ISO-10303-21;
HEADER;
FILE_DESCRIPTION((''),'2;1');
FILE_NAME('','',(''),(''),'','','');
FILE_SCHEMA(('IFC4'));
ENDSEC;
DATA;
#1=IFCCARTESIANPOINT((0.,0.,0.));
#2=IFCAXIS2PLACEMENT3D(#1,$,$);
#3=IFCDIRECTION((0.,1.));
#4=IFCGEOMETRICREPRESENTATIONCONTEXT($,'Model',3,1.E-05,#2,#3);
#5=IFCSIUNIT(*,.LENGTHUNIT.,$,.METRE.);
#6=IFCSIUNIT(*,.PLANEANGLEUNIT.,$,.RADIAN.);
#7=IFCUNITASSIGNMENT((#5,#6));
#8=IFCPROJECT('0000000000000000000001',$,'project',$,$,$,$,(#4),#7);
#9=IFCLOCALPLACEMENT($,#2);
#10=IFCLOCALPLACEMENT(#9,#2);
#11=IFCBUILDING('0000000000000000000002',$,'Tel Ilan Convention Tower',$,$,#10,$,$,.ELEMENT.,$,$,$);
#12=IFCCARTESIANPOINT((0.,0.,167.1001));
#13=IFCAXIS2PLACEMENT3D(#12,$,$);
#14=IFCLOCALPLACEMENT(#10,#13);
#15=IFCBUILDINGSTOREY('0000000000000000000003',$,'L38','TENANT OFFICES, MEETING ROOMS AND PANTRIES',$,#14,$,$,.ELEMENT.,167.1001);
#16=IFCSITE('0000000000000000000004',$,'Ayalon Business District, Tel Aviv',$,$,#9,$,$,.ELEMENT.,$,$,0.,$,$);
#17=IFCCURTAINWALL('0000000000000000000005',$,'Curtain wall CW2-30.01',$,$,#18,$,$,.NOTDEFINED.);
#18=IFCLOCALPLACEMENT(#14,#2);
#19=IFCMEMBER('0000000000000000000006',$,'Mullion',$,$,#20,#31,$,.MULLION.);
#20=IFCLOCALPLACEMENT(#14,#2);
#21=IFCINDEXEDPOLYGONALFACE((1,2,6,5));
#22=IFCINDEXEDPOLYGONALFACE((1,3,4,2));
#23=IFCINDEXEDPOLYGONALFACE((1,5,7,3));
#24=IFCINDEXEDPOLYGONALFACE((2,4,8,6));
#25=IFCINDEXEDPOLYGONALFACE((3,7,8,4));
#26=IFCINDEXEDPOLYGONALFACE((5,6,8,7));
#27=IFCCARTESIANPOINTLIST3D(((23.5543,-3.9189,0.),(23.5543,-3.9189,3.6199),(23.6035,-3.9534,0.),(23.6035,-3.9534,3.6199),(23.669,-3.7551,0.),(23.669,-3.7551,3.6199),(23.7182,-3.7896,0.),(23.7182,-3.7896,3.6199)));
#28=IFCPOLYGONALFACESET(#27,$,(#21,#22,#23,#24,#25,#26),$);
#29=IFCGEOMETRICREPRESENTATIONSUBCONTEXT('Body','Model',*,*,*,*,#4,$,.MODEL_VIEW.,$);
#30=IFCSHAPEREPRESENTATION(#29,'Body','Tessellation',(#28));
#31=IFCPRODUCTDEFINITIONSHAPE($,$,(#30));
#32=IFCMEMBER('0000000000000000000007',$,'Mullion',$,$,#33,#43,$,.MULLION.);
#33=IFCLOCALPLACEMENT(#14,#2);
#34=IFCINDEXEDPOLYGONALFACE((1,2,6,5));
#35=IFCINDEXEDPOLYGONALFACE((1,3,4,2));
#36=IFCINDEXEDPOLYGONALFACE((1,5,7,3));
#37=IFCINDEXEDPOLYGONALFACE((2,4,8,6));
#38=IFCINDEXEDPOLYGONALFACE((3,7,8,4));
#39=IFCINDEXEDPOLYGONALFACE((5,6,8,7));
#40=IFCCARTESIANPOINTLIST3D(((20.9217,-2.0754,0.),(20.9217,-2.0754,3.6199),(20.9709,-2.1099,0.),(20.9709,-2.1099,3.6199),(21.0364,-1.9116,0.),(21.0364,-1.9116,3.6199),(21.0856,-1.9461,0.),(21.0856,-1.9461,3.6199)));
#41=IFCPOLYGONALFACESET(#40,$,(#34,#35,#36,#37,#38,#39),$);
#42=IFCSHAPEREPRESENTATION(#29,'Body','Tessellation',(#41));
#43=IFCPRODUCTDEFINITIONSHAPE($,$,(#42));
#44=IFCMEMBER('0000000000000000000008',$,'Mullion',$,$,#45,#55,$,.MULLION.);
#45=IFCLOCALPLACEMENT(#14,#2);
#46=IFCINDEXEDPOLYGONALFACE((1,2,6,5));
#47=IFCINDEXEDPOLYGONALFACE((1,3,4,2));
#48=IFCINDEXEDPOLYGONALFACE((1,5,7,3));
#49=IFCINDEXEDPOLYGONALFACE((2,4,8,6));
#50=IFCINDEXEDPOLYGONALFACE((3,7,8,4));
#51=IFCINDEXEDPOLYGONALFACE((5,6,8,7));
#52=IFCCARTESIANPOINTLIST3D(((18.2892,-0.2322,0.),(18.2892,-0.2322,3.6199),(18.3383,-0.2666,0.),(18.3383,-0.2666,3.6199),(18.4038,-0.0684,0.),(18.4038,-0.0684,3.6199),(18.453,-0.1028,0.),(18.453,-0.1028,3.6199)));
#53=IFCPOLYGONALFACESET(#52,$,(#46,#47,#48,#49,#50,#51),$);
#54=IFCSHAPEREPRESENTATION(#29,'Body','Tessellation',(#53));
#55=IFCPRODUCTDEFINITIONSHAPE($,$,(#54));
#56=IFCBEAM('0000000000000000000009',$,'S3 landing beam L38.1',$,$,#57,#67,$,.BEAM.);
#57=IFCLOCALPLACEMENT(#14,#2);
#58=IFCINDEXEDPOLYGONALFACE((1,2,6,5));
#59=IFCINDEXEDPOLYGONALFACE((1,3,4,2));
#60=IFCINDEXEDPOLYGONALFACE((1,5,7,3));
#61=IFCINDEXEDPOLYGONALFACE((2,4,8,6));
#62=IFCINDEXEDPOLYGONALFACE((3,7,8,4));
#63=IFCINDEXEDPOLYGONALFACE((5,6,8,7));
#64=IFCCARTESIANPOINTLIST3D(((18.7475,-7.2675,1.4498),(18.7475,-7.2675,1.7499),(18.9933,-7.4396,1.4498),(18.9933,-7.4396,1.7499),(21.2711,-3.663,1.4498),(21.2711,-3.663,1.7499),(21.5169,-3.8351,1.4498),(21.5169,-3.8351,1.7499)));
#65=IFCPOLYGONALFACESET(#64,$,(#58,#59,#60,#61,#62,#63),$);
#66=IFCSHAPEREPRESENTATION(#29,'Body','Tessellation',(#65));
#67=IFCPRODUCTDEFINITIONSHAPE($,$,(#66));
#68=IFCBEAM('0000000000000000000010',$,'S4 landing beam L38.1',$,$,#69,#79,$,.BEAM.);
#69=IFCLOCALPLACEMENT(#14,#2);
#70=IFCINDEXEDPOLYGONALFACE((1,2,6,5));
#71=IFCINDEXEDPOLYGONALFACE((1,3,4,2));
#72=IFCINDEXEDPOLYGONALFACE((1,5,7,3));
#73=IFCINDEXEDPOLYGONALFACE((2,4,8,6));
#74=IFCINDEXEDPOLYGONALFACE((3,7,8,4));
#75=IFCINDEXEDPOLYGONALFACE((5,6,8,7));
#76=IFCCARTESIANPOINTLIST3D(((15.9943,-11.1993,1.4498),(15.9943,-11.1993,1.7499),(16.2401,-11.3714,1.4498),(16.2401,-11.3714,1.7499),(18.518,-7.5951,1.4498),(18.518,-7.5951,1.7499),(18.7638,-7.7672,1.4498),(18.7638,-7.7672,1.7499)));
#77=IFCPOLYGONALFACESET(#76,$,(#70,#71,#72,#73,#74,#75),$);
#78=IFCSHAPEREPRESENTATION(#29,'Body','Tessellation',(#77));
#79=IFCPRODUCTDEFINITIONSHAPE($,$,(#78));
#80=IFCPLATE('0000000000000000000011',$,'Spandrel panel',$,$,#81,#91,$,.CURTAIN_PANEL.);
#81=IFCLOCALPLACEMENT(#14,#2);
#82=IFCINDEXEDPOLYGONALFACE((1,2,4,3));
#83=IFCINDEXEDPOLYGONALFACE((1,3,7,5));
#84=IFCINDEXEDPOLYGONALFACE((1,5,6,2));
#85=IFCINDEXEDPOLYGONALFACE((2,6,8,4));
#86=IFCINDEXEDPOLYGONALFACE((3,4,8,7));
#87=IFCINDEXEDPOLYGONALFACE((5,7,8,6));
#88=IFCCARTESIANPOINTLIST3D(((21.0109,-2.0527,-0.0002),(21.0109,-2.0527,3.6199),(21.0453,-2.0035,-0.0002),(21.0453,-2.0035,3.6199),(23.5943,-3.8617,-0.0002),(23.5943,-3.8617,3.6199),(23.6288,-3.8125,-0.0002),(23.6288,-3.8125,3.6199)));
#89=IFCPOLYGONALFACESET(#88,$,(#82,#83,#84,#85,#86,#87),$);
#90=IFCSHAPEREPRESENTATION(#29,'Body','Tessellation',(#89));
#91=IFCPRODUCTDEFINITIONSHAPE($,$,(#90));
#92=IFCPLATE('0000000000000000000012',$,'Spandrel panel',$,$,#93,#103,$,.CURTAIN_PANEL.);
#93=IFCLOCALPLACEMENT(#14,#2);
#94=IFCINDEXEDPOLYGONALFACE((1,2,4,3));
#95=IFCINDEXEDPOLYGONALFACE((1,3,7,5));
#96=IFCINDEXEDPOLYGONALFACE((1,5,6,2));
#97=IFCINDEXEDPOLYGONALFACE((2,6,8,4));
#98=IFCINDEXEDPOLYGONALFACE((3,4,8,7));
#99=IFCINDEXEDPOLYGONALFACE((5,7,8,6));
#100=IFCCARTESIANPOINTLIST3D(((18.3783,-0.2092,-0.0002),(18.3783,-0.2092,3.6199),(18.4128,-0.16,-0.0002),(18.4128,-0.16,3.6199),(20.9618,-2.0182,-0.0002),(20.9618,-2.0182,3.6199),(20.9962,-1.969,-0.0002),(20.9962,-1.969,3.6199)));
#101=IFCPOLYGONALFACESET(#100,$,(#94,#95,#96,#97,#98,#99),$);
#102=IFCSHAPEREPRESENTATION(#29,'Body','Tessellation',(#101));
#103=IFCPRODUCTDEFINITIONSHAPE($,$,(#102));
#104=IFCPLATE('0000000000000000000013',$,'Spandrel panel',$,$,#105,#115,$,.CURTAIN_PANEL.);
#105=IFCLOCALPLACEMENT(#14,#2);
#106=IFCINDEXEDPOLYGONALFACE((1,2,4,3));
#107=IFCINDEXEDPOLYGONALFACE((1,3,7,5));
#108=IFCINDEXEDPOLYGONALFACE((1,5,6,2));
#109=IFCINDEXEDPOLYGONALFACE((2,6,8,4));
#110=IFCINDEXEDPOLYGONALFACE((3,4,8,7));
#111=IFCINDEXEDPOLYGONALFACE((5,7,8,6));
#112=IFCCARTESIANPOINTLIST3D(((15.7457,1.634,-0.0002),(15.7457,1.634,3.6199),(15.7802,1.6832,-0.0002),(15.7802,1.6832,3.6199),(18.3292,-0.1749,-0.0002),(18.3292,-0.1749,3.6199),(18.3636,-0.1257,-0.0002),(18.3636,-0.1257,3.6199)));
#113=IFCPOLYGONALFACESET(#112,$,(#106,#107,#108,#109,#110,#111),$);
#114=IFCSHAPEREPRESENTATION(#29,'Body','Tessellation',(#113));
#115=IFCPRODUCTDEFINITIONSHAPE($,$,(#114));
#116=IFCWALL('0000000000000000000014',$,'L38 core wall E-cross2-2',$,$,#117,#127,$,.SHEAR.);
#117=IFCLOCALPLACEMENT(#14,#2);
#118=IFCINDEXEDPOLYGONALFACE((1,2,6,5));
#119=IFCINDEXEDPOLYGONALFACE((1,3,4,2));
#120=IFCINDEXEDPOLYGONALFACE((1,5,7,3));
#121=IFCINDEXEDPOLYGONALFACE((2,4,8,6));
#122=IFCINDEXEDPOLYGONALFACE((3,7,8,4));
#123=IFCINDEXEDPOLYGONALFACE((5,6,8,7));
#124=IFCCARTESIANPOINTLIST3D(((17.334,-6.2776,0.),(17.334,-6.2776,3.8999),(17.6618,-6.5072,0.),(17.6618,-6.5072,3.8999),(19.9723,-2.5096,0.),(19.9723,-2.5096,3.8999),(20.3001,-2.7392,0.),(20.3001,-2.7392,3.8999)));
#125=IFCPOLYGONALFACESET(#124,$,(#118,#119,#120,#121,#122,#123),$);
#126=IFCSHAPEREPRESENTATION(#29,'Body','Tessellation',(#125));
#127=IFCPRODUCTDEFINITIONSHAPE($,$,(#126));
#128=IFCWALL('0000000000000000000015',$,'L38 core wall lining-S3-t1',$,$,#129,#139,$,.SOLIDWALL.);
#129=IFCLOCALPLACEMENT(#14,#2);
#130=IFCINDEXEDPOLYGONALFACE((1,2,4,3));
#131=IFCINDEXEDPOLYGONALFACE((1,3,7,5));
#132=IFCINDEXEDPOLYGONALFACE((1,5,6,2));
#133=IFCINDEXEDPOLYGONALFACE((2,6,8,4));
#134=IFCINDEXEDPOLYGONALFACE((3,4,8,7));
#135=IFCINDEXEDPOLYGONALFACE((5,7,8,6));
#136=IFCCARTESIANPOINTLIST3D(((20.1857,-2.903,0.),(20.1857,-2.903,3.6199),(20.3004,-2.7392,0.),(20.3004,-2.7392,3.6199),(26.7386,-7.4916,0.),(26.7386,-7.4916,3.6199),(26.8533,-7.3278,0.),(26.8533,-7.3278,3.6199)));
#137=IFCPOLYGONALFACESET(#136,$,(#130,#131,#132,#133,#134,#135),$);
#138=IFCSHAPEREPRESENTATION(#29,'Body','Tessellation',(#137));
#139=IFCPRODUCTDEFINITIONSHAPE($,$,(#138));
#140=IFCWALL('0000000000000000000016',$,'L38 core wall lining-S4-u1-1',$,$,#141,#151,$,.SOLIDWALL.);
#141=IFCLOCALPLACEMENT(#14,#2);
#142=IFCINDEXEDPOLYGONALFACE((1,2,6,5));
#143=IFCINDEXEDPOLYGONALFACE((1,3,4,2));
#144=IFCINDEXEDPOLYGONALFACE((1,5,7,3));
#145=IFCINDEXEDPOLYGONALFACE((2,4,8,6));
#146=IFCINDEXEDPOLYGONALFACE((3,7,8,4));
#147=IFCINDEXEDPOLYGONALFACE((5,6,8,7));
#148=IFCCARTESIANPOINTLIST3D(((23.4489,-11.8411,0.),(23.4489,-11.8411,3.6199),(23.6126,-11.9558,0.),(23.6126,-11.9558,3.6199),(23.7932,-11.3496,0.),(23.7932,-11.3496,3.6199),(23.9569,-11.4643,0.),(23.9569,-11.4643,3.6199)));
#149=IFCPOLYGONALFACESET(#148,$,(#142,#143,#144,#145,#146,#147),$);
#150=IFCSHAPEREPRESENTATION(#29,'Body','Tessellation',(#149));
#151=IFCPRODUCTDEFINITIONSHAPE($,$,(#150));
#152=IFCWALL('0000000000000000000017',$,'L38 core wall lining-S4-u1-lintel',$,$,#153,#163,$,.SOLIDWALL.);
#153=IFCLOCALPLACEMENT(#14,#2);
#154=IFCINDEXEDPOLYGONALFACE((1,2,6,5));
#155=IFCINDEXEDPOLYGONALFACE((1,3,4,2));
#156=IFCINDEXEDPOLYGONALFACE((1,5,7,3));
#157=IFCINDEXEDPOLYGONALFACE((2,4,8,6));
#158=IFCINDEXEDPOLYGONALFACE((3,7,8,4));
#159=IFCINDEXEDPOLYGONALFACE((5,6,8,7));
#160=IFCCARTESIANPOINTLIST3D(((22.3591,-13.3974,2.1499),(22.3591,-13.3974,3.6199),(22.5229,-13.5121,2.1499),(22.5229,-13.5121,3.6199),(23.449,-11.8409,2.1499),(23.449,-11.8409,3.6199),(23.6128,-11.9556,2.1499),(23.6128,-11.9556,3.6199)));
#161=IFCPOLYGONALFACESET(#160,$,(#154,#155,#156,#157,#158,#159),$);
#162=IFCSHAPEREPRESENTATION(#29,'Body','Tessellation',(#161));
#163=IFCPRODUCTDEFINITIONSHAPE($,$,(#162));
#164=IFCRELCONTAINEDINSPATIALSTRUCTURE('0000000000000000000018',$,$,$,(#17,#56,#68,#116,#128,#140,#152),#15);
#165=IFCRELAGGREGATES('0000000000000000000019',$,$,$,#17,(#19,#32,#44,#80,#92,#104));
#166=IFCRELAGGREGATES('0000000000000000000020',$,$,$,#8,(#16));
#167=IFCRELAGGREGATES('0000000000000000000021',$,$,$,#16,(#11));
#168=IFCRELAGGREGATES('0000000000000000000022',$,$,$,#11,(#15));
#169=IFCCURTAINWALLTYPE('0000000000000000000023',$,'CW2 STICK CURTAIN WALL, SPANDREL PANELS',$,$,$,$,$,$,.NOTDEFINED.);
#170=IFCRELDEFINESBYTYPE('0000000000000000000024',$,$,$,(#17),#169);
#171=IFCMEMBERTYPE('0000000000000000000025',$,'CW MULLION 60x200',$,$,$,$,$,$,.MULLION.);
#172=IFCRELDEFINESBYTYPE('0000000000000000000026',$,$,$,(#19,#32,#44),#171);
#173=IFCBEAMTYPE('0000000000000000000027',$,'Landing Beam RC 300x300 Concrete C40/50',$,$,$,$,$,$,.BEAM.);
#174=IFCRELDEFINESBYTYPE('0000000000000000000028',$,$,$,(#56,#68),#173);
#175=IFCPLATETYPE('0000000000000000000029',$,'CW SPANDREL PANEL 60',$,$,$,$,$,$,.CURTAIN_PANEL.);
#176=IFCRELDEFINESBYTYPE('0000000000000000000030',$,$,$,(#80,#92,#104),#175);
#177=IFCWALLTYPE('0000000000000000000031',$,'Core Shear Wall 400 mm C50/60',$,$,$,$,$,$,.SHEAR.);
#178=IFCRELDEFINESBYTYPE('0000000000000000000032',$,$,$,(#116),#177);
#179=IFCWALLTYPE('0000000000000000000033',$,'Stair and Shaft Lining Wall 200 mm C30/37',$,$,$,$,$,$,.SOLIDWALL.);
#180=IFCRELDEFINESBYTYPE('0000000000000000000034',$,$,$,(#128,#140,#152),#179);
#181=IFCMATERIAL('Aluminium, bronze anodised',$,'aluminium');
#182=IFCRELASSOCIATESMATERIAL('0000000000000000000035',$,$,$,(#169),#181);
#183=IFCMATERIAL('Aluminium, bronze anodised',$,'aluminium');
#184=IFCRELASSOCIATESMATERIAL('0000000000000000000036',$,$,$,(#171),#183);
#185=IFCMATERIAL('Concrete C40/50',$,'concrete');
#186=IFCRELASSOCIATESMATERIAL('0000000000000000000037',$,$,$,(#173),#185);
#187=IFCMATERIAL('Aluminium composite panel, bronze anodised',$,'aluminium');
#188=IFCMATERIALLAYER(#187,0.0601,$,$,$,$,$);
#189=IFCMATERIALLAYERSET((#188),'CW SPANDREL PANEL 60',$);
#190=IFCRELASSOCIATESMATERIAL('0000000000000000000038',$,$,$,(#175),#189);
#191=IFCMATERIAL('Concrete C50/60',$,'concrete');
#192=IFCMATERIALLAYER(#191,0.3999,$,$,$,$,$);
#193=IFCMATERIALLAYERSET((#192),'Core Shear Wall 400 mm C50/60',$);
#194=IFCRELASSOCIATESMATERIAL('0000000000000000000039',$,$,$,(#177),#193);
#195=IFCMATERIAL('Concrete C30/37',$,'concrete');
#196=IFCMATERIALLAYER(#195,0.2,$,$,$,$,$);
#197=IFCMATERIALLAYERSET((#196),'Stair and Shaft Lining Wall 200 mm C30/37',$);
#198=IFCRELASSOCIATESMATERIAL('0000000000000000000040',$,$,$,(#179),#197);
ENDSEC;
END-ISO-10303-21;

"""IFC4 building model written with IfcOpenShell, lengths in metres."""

from ifc_helpers import new_model, si_unit, direction, frame, frame_2d, origin, origin_2d, place, context, subcontext, project, spatial, polyline, rectangle, outline, extrude, material, layer, layer_set, material_profile, profile_set, type_object, element, aggregate, save


model = new_model("IFC4")

# Units and contexts
model_context = context("Model", 3, precision=1e-05, world=origin(), true_north=direction((0.0, 1.0)))
body_context = subcontext(model_context, "Body", "Model", "MODEL_VIEW")
ifc_project = project(units=[si_unit("LENGTHUNIT", "METRE"), si_unit("PLANEANGLEUNIT", "RADIAN")], contexts=[model_context])

# Site, building, storey
site_placement = place(None, origin())
site = spatial("IfcSite", under=ifc_project, at=site_placement, Name="Ayalon Business District, Tel Aviv", CompositionType="ELEMENT", RefElevation=0.0)
building_placement = place(site_placement, origin())
building = spatial("IfcBuilding", under=site, at=building_placement, Name="Tel Ilan Convention Tower", CompositionType="ELEMENT")
storey_placement = place(building_placement, frame((0.0, 0.0, 167.1001)))
storey = spatial("IfcBuildingStorey", under=building, at=storey_placement, Name="L38", Description="TENANT OFFICES, MEETING ROOMS AND PANTRIES", CompositionType="ELEMENT", Elevation=167.1001)

# Curtain wall, members
ifc_material_1 = material(Name="Aluminium, bronze anodised", Category="aluminium")
curtain_wall_type = type_object("IfcCurtainWallType", Name="CW2 STICK CURTAIN WALL, SPANDREL PANELS", PredefinedType="NOTDEFINED", material=ifc_material_1)
curtain_wall_placement = place(storey_placement, origin())
curtain_wall = element("IfcCurtainWall", 1, at=curtain_wall_placement, inside=storey, type_object=curtain_wall_type, Name="Curtain wall CW2-30.01", PredefinedType="NOTDEFINED")
ifc_material_2 = material(Name="Aluminium, bronze anodised", Category="aluminium")
ifc_material_profile_1 = material_profile(ifc_material_2, rectangle(XDim=0.0601, YDim=0.2, at=origin_2d()), Name="CW MULLION 60x200")
ifc_profile_set_1 = profile_set([ifc_material_profile_1], Name="Aluminium, bronze anodised")
member_type = type_object("IfcMemberType", Name="CW MULLION 60x200", PredefinedType="MULLION", material=ifc_profile_set_1)
member_1_placement = place(storey_placement, frame((23.6362, -3.8542, 0.0), z_axis=(0.0, 0.0, 1.0), x_axis=(-0.819152, 0.573576, 0.0)))
member_1 = element("IfcMember", 2, at=member_1_placement, type_object=member_type, Name="Mullion", PredefinedType="MULLION", context=body_context, shape_type="SweptSolid", body=[
    extrude(rectangle(XDim=0.0601, YDim=0.2, at=origin_2d()), origin(), (0.0, 0.0, 1.0), 3.6199),
])
member_2_placement = place(storey_placement, frame((21.0037, -2.0107, 0.0), z_axis=(0.0, 0.0, 1.0), x_axis=(-0.819152, 0.573576, 0.0)))
member_2 = element("IfcMember", 3, at=member_2_placement, type_object=member_type, Name="Mullion", PredefinedType="MULLION", context=body_context, shape_type="SweptSolid", body=[
    extrude(rectangle(XDim=0.0601, YDim=0.2, at=origin_2d()), origin(), (0.0, 0.0, 1.0), 3.6199),
])
member_3_placement = place(storey_placement, frame((18.3711, -0.1675, 0.0), z_axis=(0.0, 0.0, 1.0), x_axis=(-0.819152, 0.573576, 0.0)))
member_3 = element("IfcMember", 4, at=member_3_placement, type_object=member_type, Name="Mullion", PredefinedType="MULLION", context=body_context, shape_type="SweptSolid", body=[
    extrude(rectangle(XDim=0.0601, YDim=0.2, at=origin_2d()), origin(), (0.0, 0.0, 1.0), 3.6199),
])

# Beams
ifc_material_3 = material(Name="Concrete C40/50", Category="concrete")
ifc_material_profile_2 = material_profile(ifc_material_3, rectangle(XDim=0.3, YDim=0.3, at=origin_2d()), Name="RC 300x300")
ifc_profile_set_2 = profile_set([ifc_material_profile_2], Name="Concrete C40/50")
beam_type = type_object("IfcBeamType", Name="Landing Beam RC 300x300 Concrete C40/50", PredefinedType="BEAM", material=ifc_profile_set_2)
beam_1_placement = place(storey_placement, frame((21.394, -3.749, 1.5999), z_axis=(-0.573544, -0.819175, 0.0), x_axis=(0.819175, -0.573544, 0.0)))
element("IfcBeam", 5, at=beam_1_placement, inside=storey, type_object=beam_type, Name="S3 landing beam L38.1", PredefinedType="BEAM", context=body_context, shape_type="SweptSolid", body=[
    extrude(rectangle(XDim=0.3, YDim=0.3, at=origin_2d()), origin(), (0.0, 0.0, 1.0), 4.4001),
])
beam_2_placement = place(storey_placement, frame((18.6409, -7.6812, 1.5999), z_axis=(-0.57357, -0.819156, 0.0), x_axis=(0.819156, -0.57357, 0.0)))
element("IfcBeam", 6, at=beam_2_placement, inside=storey, type_object=beam_type, Name="S4 landing beam L38.1", PredefinedType="BEAM", context=body_context, shape_type="SweptSolid", body=[
    extrude(rectangle(XDim=0.3, YDim=0.3, at=origin_2d()), origin(), (0.0, 0.0, 1.0), 4.3999),
])

# Plates
ifc_material_4 = material(Name="Aluminium composite panel, bronze anodised", Category="aluminium")
ifc_layer_1 = layer(ifc_material_4, 0.0601)
ifc_layer_set_1 = layer_set([ifc_layer_1], Name="CW SPANDREL PANEL 60")
plate_type = type_object("IfcPlateType", Name="CW SPANDREL PANEL 60", PredefinedType="CURTAIN_PANEL", material=ifc_layer_set_1)
plate_1_placement = place(storey_placement, frame((22.3198, -2.9326, -0.0002), z_axis=(0.0, 0.0, 1.0), x_axis=(-0.819152, 0.573576, 0.0)))
plate_1 = element("IfcPlate", 7, at=plate_1_placement, type_object=plate_type, Name="Spandrel panel", PredefinedType="CURTAIN_PANEL", context=body_context, shape_type="SweptSolid", body=[
    extrude(rectangle(XDim=3.1538, YDim=0.0601, at=origin_2d()), origin(), (0.0, 0.0, 1.0), 3.6201),
])
plate_2_placement = place(storey_placement, frame((19.6873, -1.0891, -0.0002), z_axis=(0.0, 0.0, 1.0), x_axis=(-0.819152, 0.573576, 0.0)))
plate_2 = element("IfcPlate", 8, at=plate_2_placement, type_object=plate_type, Name="Spandrel panel", PredefinedType="CURTAIN_PANEL", context=body_context, shape_type="SweptSolid", body=[
    extrude(rectangle(XDim=3.1538, YDim=0.0601, at=origin_2d()), origin(), (0.0, 0.0, 1.0), 3.6201),
])
plate_3_placement = place(storey_placement, frame((17.0547, 0.7542, -0.0002), z_axis=(0.0, 0.0, 1.0), x_axis=(-0.819152, 0.573576, 0.0)))
plate_3 = element("IfcPlate", 9, at=plate_3_placement, type_object=plate_type, Name="Spandrel panel", PredefinedType="CURTAIN_PANEL", context=body_context, shape_type="SweptSolid", body=[
    extrude(rectangle(XDim=3.1538, YDim=0.0601, at=origin_2d()), origin(), (0.0, 0.0, 1.0), 3.6201),
])
aggregate(curtain_wall, [member_1, member_2, member_3, plate_1, plate_2, plate_3])

# Walls
ifc_material_5 = material(Name="Concrete C50/60", Category="concrete")
ifc_layer_2 = layer(ifc_material_5, 0.3999)
ifc_layer_set_2 = layer_set([ifc_layer_2], Name="Core Shear Wall 400 mm C50/60")
wall_type_1 = type_object("IfcWallType", Name="Core Shear Wall 400 mm C50/60", PredefinedType="SHEAR", material=ifc_layer_set_2)
wall_1_placement = place(storey_placement, frame((17.4978, -6.3923, 0.0), z_axis=(0.0, 0.0, 1.0), x_axis=(0.573612, 0.819127, 0.0)))
element("IfcWall", 10, at=wall_1_placement, inside=storey, type_object=wall_type_1, Name="L38 core wall E-cross2-2", PredefinedType="SHEAR", context=body_context, shape_type="SweptSolid", body=[
    extrude(outline(polyline([(4.5999, -0.2), (4.5999, 0.2002), (0.0, 0.2), (0.0, -0.2002), (4.5999, -0.2)])), origin(), (0.0, 0.0, 1.0), 3.8999),
])
ifc_material_6 = material(Name="Concrete C30/37", Category="concrete")
ifc_layer_3 = layer(ifc_material_6, 0.2)
ifc_layer_set_3 = layer_set([ifc_layer_3], Name="Stair and Shaft Lining Wall 200 mm C30/37")
wall_type_2 = type_object("IfcWallType", Name="Stair and Shaft Lining Wall 200 mm C30/37", PredefinedType="SOLIDWALL", material=ifc_layer_set_3)
wall_2_placement = place(storey_placement, frame((20.2429, -2.821, 0.0), z_axis=(0.0, 0.0, 1.0), x_axis=(0.819142, -0.573591, 0.0)))
element("IfcWall", 11, at=wall_2_placement, inside=storey, type_object=wall_type_2, Name="L38 core wall lining-S3-t1", PredefinedType="SOLIDWALL", context=body_context, shape_type="SweptSolid", body=[
    extrude(rectangle(XDim=7.9998, YDim=0.2, at=frame_2d((4.0, 0.0))), origin(), (0.0, 0.0, 1.0), 3.6199),
])
wall_3_placement = place(storey_placement, frame((23.5308, -11.8984, 0.0), z_axis=(0.0, 0.0, 1.0), x_axis=(0.573708, 0.81906, 0.0)))
element("IfcWall", 12, at=wall_3_placement, inside=storey, type_object=wall_type_2, Name="L38 core wall lining-S4-u1-1", PredefinedType="SOLIDWALL", context=body_context, shape_type="SweptSolid", body=[
    extrude(rectangle(XDim=0.6001, YDim=0.2, at=frame_2d((0.3, 0.0))), origin(), (0.0, 0.0, 1.0), 3.6199),
])
wall_4_placement = place(storey_placement, frame((22.4409, -13.4548, 2.1499), z_axis=(0.0, 0.0, 1.0), x_axis=(0.573592, 0.819141, 0.0)))
element("IfcWall", 13, at=wall_4_placement, inside=storey, type_object=wall_type_2, Name="L38 core wall lining-S4-u1-lintel", PredefinedType="SOLIDWALL", context=body_context, shape_type="SweptSolid", body=[
    extrude(rectangle(XDim=1.9001, YDim=0.2, at=frame_2d((0.9502, 0.0))), origin(), (0.0, 0.0, 1.0), 1.47),
])

save(model, "model.ifc")
